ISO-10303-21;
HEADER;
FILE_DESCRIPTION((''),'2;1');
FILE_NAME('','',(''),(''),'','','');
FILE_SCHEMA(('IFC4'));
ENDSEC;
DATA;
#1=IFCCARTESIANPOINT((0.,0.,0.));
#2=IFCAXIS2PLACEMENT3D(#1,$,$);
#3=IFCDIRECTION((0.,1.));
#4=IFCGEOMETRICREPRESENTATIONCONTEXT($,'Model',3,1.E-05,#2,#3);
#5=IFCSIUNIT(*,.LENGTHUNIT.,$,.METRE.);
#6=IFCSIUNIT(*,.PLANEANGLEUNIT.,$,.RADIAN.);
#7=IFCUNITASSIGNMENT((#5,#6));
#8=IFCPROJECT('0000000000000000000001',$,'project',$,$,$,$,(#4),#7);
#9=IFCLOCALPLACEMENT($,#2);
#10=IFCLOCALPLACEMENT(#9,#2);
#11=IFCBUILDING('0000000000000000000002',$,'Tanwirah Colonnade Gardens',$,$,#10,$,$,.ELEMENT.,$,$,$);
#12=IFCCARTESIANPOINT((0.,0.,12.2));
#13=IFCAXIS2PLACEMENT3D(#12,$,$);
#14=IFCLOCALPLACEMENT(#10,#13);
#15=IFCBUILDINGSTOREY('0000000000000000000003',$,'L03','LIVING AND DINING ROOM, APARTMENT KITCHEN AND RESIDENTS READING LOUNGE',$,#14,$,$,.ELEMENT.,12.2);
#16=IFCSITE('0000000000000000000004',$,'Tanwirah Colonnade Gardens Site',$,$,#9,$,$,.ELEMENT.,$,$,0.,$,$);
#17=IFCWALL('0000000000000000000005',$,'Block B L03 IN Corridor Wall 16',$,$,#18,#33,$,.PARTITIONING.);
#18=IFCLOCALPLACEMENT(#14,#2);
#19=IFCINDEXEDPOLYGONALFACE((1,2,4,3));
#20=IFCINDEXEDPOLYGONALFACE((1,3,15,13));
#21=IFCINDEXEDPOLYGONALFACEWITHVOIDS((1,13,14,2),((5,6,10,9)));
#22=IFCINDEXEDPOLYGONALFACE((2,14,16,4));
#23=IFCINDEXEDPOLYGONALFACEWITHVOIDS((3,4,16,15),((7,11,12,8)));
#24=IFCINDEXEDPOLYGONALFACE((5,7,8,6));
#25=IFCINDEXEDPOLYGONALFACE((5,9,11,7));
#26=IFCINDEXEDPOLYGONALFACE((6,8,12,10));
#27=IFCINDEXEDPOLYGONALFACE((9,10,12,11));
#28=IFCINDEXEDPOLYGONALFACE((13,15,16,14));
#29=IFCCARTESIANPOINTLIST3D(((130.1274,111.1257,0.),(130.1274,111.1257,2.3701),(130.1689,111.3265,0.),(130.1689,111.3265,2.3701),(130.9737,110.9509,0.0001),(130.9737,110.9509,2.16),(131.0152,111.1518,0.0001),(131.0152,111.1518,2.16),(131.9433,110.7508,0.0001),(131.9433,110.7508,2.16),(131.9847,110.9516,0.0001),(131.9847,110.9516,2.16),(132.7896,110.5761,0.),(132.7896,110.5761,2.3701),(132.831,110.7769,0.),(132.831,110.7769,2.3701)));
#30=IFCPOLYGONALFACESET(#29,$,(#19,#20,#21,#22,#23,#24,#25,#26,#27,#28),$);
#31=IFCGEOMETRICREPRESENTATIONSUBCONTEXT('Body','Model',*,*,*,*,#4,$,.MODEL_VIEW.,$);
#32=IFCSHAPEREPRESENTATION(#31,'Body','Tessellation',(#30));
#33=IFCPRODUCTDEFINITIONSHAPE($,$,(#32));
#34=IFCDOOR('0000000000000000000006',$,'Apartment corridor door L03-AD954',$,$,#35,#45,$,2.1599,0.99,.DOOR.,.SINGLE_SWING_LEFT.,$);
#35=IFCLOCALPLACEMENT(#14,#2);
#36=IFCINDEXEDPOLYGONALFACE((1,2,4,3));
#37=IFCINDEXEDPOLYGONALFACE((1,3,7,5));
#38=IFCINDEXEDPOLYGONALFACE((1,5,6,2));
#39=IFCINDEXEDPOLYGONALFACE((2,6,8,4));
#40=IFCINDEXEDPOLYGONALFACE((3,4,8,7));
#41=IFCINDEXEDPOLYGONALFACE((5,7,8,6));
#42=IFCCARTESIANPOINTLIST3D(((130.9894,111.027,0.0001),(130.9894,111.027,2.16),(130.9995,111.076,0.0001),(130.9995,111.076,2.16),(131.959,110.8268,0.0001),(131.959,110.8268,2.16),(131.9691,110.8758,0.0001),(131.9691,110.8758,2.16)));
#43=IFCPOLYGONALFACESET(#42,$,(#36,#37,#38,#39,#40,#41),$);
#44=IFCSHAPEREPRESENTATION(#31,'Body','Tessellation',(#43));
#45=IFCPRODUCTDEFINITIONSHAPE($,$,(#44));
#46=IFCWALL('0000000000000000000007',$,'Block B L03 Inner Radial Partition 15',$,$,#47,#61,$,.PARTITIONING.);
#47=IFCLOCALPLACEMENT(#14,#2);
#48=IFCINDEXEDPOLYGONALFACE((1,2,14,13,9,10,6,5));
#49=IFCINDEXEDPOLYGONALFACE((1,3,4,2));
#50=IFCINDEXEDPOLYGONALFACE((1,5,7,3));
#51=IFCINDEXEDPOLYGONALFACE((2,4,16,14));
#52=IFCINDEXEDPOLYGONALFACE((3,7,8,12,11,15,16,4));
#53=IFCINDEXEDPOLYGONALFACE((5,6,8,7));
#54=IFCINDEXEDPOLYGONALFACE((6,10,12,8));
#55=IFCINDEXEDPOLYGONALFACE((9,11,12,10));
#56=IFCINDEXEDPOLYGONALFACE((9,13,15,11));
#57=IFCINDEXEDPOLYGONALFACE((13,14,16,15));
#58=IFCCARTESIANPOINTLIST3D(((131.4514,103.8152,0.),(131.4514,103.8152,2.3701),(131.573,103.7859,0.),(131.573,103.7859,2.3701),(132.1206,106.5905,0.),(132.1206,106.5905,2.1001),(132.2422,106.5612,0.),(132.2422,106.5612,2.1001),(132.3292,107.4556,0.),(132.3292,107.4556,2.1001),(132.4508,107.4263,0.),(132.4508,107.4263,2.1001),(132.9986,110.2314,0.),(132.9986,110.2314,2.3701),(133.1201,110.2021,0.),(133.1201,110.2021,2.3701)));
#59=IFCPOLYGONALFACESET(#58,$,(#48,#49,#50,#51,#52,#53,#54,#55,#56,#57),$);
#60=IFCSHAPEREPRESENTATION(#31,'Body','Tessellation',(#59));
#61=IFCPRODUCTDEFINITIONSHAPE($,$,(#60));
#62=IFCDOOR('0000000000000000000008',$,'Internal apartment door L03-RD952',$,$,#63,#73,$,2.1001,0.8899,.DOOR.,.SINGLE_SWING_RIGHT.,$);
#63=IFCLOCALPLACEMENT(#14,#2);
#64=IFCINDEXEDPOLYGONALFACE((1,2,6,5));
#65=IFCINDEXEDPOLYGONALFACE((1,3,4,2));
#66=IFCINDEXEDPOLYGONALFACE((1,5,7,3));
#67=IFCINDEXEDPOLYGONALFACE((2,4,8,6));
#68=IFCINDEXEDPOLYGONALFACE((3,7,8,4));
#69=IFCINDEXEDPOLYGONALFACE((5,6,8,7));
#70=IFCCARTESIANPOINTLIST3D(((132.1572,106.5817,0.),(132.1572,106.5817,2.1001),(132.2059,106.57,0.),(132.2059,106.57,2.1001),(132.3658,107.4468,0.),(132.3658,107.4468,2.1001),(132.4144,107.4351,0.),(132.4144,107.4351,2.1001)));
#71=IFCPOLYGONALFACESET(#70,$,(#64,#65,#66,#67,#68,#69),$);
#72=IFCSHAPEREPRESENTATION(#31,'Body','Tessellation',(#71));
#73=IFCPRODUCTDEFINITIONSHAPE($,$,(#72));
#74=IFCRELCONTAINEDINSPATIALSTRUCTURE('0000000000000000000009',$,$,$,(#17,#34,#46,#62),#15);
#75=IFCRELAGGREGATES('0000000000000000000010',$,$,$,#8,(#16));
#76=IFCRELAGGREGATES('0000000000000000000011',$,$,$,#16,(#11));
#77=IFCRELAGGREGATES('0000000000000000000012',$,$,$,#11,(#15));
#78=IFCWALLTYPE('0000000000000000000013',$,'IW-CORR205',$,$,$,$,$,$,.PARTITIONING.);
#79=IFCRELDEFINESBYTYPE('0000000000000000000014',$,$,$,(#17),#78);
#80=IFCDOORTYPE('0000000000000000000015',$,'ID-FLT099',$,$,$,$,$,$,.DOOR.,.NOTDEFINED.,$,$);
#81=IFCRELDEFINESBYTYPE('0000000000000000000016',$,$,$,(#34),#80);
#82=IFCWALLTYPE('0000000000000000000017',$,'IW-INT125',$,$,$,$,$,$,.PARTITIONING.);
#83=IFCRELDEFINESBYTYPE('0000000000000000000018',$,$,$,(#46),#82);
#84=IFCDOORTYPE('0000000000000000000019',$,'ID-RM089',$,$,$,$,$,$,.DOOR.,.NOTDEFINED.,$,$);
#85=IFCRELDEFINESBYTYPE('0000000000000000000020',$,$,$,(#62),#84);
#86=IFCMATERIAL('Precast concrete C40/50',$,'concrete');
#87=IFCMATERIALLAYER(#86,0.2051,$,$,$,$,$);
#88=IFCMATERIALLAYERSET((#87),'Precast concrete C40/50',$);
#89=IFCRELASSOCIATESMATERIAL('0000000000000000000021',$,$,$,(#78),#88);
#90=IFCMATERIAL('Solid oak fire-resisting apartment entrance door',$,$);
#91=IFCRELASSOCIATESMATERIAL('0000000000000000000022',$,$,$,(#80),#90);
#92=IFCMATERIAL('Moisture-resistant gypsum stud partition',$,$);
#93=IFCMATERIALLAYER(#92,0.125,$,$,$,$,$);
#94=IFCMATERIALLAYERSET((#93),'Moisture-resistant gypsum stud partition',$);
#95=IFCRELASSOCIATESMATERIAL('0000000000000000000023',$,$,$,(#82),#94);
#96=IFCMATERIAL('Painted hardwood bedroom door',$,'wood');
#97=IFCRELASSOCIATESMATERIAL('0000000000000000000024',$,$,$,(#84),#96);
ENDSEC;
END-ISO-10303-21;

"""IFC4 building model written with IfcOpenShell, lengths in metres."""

from ifc_helpers import new_model, si_unit, direction, frame, frame_2d, origin, place, context, subcontext, project, spatial, rectangle, extrude, material, layer, layer_set, type_object, element, fill, save


model = new_model("IFC4")

# Units and contexts
model_context = context("Model", 3, precision=1e-05, world=origin(), true_north=direction((0.0, 1.0)))
body_context = subcontext(model_context, "Body", "Model", "MODEL_VIEW")
ifc_project = project(units=[si_unit("LENGTHUNIT", "METRE"), si_unit("PLANEANGLEUNIT", "RADIAN")], contexts=[model_context])

# Site, building, storey
site_placement = place(None, origin())
site = spatial("IfcSite", under=ifc_project, at=site_placement, Name="Tanwirah Colonnade Gardens Site", CompositionType="ELEMENT", RefElevation=0.0)
building_placement = place(site_placement, origin())
building = spatial("IfcBuilding", under=site, at=building_placement, Name="Tanwirah Colonnade Gardens", CompositionType="ELEMENT")
storey_placement = place(building_placement, frame((0.0, 0.0, 12.2)))
storey = spatial("IfcBuildingStorey", under=building, at=storey_placement, Name="L03", Description="LIVING AND DINING ROOM, APARTMENT KITCHEN AND RESIDENTS READING LOUNGE", CompositionType="ELEMENT", Elevation=12.2)

# Shared definitions
ifc_material_1 = material(Name="Precast concrete C40/50", Category="concrete")

# Walls, openings, doors
ifc_layer_1 = layer(ifc_material_1, 0.2051)
ifc_layer_set_1 = layer_set([ifc_layer_1], Name="Precast concrete C40/50")
wall_type_1 = type_object("IfcWallType", Name="IW-CORR205", PredefinedType="PARTITIONING", material=ifc_layer_set_1)
wall_1_placement = place(storey_placement, frame((132.8103, 110.6765, 0.0), z_axis=(0.0, 0.0, 1.0), x_axis=(-0.979349, 0.202175, 0.0)))
wall_1 = element("IfcWall", 1, at=wall_1_placement, inside=storey, type_object=wall_type_1, Name="Block B L03 IN Corridor Wall 16", PredefinedType="PARTITIONING", context=body_context, shape_type="SweptSolid", body=[
    extrude(rectangle(XDim=2.7183, YDim=0.2051, at=frame_2d((1.3591, 0.0))), origin(), (0.0, 0.0, 1.0), 2.3701),
])
opening_1_placement = place(wall_1_placement, frame((0.864, 0.0, 0.0)))
opening_1 = element("IfcOpeningElement", 2, at=opening_1_placement, cuts=wall_1, PredefinedType="OPENING", context=body_context, shape_type="SweptSolid", body=[
    extrude(rectangle(XDim=0.99, YDim=2.1599, at=frame_2d((0.4951, 1.0801))), frame((0.0, 0.1125, 0.0), z_axis=(0.0, -1.0, 0.0), x_axis=(1.0, 0.0, 0.0)), (0.0, 0.0, 1.0), 0.2251),
])
ifc_material_2 = material(Name="Solid oak fire-resisting apartment entrance door")
door_type_1 = type_object("IfcDoorType", Name="ID-FLT099", OperationType="NOTDEFINED", PredefinedType="DOOR", material=ifc_material_2)
door_1_placement = place(opening_1_placement, origin())
door_1 = element("IfcDoor", 3, at=door_1_placement, inside=storey, type_object=door_type_1, Name="Apartment corridor door L03-AD954", OperationType="SINGLE_SWING_LEFT", OverallHeight=2.1599, OverallWidth=0.99, PredefinedType="DOOR", context=body_context, shape_type="SweptSolid", body=[
    extrude(rectangle(XDim=0.99, YDim=2.1599, at=frame_2d((0.4951, 1.0801))), frame((0.0, 0.0249, 0.0), z_axis=(0.0, -1.0, 0.0), x_axis=(1.0, 0.0, 0.0)), (0.0, 0.0, 1.0), 0.05),
])
fill(opening_1, door_1)
ifc_material_3 = material(Name="Moisture-resistant gypsum stud partition")
ifc_layer_2 = layer(ifc_material_3, 0.125)
ifc_layer_set_2 = layer_set([ifc_layer_2], Name="Moisture-resistant gypsum stud partition")
wall_type_2 = type_object("IfcWallType", Name="IW-INT125", PredefinedType="PARTITIONING", material=ifc_layer_set_2)
wall_2_placement = place(storey_placement, frame((131.5122, 103.8005, 0.0), z_axis=(0.0, 0.0, 1.0), x_axis=(0.234407, 0.972139, 0.0)))
wall_2 = element("IfcWall", 4, at=wall_2_placement, inside=storey, type_object=wall_type_2, Name="Block B L03 Inner Radial Partition 15", PredefinedType="PARTITIONING", context=body_context, shape_type="SweptSolid", body=[
    extrude(rectangle(XDim=6.6001, YDim=0.125, at=frame_2d((3.3, 0.0))), origin(), (0.0, 0.0, 1.0), 2.3701),
])
opening_2_placement = place(wall_2_placement, frame((2.855, 0.0, 0.0)))
opening_2 = element("IfcOpeningElement", 5, at=opening_2_placement, cuts=wall_2, PredefinedType="OPENING", context=body_context, shape_type="SweptSolid", body=[
    extrude(rectangle(XDim=0.8899, YDim=2.1001, at=frame_2d((0.4448, 1.05))), frame((0.0, 0.0725, 0.0), z_axis=(0.0, -1.0, 0.0), x_axis=(1.0, 0.0, 0.0)), (0.0, 0.0, 1.0), 0.145),
])
ifc_material_4 = material(Name="Painted hardwood bedroom door", Category="wood")
door_type_2 = type_object("IfcDoorType", Name="ID-RM089", OperationType="NOTDEFINED", PredefinedType="DOOR", material=ifc_material_4)
door_2_placement = place(opening_2_placement, origin())
door_2 = element("IfcDoor", 6, at=door_2_placement, inside=storey, type_object=door_type_2, Name="Internal apartment door L03-RD952", OperationType="SINGLE_SWING_RIGHT", OverallHeight=2.1001, OverallWidth=0.8899, PredefinedType="DOOR", context=body_context, shape_type="SweptSolid", body=[
    extrude(rectangle(XDim=0.8899, YDim=2.1001, at=frame_2d((0.4448, 1.05))), frame((0.0, 0.0249, 0.0), z_axis=(0.0, -1.0, 0.0), x_axis=(1.0, 0.0, 0.0)), (0.0, 0.0, 1.0), 0.05),
])
fill(opening_2, door_2)

save(model, "model.ifc")
